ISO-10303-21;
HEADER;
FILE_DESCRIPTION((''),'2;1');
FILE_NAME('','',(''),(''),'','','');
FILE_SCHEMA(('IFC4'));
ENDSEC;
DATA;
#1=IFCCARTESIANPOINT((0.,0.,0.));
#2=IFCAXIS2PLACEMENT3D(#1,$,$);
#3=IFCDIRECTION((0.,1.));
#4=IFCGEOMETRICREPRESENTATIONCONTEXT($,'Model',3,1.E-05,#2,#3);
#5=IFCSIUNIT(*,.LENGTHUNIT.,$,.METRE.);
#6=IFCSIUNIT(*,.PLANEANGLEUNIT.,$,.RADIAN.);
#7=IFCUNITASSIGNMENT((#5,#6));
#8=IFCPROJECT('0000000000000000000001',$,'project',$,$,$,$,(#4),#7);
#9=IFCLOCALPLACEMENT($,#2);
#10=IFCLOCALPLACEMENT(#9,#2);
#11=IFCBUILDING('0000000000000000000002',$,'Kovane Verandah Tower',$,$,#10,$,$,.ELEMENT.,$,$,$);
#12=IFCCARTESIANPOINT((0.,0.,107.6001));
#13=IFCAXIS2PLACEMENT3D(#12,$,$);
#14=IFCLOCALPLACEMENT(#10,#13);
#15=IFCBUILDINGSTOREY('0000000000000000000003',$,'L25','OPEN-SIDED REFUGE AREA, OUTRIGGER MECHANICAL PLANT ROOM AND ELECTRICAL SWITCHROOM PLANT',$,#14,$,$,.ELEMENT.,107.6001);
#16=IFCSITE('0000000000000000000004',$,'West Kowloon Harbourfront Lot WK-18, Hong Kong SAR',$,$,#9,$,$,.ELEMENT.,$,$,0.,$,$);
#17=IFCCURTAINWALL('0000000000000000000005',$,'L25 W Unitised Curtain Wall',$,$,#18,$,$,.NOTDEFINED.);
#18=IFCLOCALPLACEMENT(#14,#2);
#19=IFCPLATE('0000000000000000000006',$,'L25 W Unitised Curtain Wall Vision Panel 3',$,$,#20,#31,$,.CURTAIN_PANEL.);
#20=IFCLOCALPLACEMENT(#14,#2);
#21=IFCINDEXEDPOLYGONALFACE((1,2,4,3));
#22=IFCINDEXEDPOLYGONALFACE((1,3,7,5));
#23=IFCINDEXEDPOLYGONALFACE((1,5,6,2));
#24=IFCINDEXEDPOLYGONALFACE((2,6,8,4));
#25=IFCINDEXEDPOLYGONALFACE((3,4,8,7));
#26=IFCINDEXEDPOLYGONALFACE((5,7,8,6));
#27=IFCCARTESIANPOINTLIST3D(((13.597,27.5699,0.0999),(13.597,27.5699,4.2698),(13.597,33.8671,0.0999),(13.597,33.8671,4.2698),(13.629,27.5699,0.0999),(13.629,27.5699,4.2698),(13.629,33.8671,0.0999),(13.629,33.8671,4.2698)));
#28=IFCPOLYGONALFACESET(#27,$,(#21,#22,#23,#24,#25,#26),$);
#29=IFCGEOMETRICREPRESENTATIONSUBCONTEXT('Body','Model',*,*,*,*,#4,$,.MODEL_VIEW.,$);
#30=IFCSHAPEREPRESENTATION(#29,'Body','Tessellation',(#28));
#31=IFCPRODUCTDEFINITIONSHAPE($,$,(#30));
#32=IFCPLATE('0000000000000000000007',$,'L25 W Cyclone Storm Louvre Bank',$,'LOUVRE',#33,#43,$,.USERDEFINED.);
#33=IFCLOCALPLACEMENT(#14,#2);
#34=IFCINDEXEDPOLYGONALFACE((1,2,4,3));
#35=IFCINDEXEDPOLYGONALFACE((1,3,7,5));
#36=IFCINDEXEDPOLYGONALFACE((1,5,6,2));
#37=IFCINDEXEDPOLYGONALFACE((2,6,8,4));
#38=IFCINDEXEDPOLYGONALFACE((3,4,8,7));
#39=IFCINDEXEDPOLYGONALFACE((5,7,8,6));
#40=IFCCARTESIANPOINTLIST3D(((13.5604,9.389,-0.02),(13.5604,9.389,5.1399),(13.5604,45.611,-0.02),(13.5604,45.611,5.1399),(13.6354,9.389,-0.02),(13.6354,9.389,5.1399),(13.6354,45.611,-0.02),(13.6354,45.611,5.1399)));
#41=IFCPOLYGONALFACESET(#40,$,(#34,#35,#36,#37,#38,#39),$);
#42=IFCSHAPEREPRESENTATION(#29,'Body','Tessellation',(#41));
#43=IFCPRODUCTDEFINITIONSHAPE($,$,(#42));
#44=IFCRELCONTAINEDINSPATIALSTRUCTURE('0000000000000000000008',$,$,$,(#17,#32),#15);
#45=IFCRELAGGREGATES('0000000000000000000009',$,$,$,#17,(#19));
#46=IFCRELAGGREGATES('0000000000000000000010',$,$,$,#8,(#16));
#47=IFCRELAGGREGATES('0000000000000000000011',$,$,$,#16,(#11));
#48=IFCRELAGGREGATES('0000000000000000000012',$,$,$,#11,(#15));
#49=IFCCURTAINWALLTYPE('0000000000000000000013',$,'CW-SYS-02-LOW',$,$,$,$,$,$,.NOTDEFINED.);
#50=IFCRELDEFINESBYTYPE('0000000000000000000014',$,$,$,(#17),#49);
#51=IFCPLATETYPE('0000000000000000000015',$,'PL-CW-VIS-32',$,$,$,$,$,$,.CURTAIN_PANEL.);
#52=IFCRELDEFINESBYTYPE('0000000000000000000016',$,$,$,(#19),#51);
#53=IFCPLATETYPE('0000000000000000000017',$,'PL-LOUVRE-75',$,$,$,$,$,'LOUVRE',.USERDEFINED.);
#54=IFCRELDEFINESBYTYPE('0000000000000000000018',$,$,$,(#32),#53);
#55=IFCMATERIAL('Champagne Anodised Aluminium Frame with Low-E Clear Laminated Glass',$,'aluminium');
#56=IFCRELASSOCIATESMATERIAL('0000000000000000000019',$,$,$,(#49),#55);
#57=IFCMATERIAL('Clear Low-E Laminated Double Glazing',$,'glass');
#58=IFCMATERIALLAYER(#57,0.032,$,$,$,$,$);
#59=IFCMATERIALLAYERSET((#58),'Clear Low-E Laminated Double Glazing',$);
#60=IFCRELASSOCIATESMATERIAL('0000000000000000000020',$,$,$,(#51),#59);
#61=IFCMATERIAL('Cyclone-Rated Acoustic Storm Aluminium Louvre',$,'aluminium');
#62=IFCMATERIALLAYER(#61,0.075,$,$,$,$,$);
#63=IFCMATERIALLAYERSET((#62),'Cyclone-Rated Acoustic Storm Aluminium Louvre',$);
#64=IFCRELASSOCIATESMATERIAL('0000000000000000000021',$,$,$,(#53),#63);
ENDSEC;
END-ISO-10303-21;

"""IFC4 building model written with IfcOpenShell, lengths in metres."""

from ifc_helpers import new_model, si_unit, direction, frame, origin, origin_2d, place, context, subcontext, project, spatial, rectangle, extrude, material, layer, layer_set, type_object, element, aggregate, save


model = new_model("IFC4")

# Units and contexts
model_context = context("Model", 3, precision=1e-05, world=origin(), true_north=direction((0.0, 1.0)))
body_context = subcontext(model_context, "Body", "Model", "MODEL_VIEW")
ifc_project = project(units=[si_unit("LENGTHUNIT", "METRE"), si_unit("PLANEANGLEUNIT", "RADIAN")], contexts=[model_context])

# Site, building, storey
site_placement = place(None, origin())
site = spatial("IfcSite", under=ifc_project, at=site_placement, Name="West Kowloon Harbourfront Lot WK-18, Hong Kong SAR", CompositionType="ELEMENT", RefElevation=0.0)
building_placement = place(site_placement, origin())
building = spatial("IfcBuilding", under=site, at=building_placement, Name="Kovane Verandah Tower", CompositionType="ELEMENT")
storey_placement = place(building_placement, frame((0.0, 0.0, 107.6001)))
storey = spatial("IfcBuildingStorey", under=building, at=storey_placement, Name="L25", Description="OPEN-SIDED REFUGE AREA, OUTRIGGER MECHANICAL PLANT ROOM AND ELECTRICAL SWITCHROOM PLANT", CompositionType="ELEMENT", Elevation=107.6001)

# Curtain wall
ifc_material_1 = material(Name="Champagne Anodised Aluminium Frame with Low-E Clear Laminated Glass", Category="aluminium")
curtain_wall_type = type_object("IfcCurtainWallType", Name="CW-SYS-02-LOW", PredefinedType="NOTDEFINED", material=ifc_material_1)
curtain_wall_placement = place(storey_placement, origin())
curtain_wall = element("IfcCurtainWall", 1, at=curtain_wall_placement, inside=storey, type_object=curtain_wall_type, Name="L25 W Unitised Curtain Wall", PredefinedType="NOTDEFINED")

# Plates
ifc_material_2 = material(Name="Clear Low-E Laminated Double Glazing", Category="glass")
ifc_layer_1 = layer(ifc_material_2, 0.032)
ifc_layer_set_1 = layer_set([ifc_layer_1], Name="Clear Low-E Laminated Double Glazing")
plate_type_1 = type_object("IfcPlateType", Name="PL-CW-VIS-32", PredefinedType="CURTAIN_PANEL", material=ifc_layer_set_1)
plate_1_placement = place(storey_placement, frame((13.613, 30.7185, 0.0999), z_axis=(0.0, 0.0, 1.0), x_axis=(0.0, -1.0, 0.0)))
plate_1 = element("IfcPlate", 2, at=plate_1_placement, type_object=plate_type_1, Name="L25 W Unitised Curtain Wall Vision Panel 3", PredefinedType="CURTAIN_PANEL", context=body_context, shape_type="SweptSolid", body=[
    extrude(rectangle(XDim=6.2971, YDim=0.032, at=origin_2d()), origin(), (0.0, 0.0, 1.0), 4.1699),
])
aggregate(curtain_wall, [plate_1])
ifc_material_3 = material(Name="Cyclone-Rated Acoustic Storm Aluminium Louvre", Category="aluminium")
ifc_layer_2 = layer(ifc_material_3, 0.075)
ifc_layer_set_2 = layer_set([ifc_layer_2], Name="Cyclone-Rated Acoustic Storm Aluminium Louvre")
plate_type_2 = type_object("IfcPlateType", Name="PL-LOUVRE-75", ElementType="LOUVRE", PredefinedType="USERDEFINED", material=ifc_layer_set_2)
plate_2_placement = place(storey_placement, frame((13.5979, 27.5, -0.02), z_axis=(0.0, 0.0, 1.0), x_axis=(0.0, -1.0, 0.0)))
element("IfcPlate", 3, at=plate_2_placement, inside=storey, type_object=plate_type_2, Name="L25 W Cyclone Storm Louvre Bank", ObjectType="LOUVRE", PredefinedType="USERDEFINED", context=body_context, shape_type="SweptSolid", body=[
    extrude(rectangle(XDim=36.2219, YDim=0.075, at=origin_2d()), origin(), (0.0, 0.0, 1.0), 5.1599),
])

save(model, "model.ifc")
